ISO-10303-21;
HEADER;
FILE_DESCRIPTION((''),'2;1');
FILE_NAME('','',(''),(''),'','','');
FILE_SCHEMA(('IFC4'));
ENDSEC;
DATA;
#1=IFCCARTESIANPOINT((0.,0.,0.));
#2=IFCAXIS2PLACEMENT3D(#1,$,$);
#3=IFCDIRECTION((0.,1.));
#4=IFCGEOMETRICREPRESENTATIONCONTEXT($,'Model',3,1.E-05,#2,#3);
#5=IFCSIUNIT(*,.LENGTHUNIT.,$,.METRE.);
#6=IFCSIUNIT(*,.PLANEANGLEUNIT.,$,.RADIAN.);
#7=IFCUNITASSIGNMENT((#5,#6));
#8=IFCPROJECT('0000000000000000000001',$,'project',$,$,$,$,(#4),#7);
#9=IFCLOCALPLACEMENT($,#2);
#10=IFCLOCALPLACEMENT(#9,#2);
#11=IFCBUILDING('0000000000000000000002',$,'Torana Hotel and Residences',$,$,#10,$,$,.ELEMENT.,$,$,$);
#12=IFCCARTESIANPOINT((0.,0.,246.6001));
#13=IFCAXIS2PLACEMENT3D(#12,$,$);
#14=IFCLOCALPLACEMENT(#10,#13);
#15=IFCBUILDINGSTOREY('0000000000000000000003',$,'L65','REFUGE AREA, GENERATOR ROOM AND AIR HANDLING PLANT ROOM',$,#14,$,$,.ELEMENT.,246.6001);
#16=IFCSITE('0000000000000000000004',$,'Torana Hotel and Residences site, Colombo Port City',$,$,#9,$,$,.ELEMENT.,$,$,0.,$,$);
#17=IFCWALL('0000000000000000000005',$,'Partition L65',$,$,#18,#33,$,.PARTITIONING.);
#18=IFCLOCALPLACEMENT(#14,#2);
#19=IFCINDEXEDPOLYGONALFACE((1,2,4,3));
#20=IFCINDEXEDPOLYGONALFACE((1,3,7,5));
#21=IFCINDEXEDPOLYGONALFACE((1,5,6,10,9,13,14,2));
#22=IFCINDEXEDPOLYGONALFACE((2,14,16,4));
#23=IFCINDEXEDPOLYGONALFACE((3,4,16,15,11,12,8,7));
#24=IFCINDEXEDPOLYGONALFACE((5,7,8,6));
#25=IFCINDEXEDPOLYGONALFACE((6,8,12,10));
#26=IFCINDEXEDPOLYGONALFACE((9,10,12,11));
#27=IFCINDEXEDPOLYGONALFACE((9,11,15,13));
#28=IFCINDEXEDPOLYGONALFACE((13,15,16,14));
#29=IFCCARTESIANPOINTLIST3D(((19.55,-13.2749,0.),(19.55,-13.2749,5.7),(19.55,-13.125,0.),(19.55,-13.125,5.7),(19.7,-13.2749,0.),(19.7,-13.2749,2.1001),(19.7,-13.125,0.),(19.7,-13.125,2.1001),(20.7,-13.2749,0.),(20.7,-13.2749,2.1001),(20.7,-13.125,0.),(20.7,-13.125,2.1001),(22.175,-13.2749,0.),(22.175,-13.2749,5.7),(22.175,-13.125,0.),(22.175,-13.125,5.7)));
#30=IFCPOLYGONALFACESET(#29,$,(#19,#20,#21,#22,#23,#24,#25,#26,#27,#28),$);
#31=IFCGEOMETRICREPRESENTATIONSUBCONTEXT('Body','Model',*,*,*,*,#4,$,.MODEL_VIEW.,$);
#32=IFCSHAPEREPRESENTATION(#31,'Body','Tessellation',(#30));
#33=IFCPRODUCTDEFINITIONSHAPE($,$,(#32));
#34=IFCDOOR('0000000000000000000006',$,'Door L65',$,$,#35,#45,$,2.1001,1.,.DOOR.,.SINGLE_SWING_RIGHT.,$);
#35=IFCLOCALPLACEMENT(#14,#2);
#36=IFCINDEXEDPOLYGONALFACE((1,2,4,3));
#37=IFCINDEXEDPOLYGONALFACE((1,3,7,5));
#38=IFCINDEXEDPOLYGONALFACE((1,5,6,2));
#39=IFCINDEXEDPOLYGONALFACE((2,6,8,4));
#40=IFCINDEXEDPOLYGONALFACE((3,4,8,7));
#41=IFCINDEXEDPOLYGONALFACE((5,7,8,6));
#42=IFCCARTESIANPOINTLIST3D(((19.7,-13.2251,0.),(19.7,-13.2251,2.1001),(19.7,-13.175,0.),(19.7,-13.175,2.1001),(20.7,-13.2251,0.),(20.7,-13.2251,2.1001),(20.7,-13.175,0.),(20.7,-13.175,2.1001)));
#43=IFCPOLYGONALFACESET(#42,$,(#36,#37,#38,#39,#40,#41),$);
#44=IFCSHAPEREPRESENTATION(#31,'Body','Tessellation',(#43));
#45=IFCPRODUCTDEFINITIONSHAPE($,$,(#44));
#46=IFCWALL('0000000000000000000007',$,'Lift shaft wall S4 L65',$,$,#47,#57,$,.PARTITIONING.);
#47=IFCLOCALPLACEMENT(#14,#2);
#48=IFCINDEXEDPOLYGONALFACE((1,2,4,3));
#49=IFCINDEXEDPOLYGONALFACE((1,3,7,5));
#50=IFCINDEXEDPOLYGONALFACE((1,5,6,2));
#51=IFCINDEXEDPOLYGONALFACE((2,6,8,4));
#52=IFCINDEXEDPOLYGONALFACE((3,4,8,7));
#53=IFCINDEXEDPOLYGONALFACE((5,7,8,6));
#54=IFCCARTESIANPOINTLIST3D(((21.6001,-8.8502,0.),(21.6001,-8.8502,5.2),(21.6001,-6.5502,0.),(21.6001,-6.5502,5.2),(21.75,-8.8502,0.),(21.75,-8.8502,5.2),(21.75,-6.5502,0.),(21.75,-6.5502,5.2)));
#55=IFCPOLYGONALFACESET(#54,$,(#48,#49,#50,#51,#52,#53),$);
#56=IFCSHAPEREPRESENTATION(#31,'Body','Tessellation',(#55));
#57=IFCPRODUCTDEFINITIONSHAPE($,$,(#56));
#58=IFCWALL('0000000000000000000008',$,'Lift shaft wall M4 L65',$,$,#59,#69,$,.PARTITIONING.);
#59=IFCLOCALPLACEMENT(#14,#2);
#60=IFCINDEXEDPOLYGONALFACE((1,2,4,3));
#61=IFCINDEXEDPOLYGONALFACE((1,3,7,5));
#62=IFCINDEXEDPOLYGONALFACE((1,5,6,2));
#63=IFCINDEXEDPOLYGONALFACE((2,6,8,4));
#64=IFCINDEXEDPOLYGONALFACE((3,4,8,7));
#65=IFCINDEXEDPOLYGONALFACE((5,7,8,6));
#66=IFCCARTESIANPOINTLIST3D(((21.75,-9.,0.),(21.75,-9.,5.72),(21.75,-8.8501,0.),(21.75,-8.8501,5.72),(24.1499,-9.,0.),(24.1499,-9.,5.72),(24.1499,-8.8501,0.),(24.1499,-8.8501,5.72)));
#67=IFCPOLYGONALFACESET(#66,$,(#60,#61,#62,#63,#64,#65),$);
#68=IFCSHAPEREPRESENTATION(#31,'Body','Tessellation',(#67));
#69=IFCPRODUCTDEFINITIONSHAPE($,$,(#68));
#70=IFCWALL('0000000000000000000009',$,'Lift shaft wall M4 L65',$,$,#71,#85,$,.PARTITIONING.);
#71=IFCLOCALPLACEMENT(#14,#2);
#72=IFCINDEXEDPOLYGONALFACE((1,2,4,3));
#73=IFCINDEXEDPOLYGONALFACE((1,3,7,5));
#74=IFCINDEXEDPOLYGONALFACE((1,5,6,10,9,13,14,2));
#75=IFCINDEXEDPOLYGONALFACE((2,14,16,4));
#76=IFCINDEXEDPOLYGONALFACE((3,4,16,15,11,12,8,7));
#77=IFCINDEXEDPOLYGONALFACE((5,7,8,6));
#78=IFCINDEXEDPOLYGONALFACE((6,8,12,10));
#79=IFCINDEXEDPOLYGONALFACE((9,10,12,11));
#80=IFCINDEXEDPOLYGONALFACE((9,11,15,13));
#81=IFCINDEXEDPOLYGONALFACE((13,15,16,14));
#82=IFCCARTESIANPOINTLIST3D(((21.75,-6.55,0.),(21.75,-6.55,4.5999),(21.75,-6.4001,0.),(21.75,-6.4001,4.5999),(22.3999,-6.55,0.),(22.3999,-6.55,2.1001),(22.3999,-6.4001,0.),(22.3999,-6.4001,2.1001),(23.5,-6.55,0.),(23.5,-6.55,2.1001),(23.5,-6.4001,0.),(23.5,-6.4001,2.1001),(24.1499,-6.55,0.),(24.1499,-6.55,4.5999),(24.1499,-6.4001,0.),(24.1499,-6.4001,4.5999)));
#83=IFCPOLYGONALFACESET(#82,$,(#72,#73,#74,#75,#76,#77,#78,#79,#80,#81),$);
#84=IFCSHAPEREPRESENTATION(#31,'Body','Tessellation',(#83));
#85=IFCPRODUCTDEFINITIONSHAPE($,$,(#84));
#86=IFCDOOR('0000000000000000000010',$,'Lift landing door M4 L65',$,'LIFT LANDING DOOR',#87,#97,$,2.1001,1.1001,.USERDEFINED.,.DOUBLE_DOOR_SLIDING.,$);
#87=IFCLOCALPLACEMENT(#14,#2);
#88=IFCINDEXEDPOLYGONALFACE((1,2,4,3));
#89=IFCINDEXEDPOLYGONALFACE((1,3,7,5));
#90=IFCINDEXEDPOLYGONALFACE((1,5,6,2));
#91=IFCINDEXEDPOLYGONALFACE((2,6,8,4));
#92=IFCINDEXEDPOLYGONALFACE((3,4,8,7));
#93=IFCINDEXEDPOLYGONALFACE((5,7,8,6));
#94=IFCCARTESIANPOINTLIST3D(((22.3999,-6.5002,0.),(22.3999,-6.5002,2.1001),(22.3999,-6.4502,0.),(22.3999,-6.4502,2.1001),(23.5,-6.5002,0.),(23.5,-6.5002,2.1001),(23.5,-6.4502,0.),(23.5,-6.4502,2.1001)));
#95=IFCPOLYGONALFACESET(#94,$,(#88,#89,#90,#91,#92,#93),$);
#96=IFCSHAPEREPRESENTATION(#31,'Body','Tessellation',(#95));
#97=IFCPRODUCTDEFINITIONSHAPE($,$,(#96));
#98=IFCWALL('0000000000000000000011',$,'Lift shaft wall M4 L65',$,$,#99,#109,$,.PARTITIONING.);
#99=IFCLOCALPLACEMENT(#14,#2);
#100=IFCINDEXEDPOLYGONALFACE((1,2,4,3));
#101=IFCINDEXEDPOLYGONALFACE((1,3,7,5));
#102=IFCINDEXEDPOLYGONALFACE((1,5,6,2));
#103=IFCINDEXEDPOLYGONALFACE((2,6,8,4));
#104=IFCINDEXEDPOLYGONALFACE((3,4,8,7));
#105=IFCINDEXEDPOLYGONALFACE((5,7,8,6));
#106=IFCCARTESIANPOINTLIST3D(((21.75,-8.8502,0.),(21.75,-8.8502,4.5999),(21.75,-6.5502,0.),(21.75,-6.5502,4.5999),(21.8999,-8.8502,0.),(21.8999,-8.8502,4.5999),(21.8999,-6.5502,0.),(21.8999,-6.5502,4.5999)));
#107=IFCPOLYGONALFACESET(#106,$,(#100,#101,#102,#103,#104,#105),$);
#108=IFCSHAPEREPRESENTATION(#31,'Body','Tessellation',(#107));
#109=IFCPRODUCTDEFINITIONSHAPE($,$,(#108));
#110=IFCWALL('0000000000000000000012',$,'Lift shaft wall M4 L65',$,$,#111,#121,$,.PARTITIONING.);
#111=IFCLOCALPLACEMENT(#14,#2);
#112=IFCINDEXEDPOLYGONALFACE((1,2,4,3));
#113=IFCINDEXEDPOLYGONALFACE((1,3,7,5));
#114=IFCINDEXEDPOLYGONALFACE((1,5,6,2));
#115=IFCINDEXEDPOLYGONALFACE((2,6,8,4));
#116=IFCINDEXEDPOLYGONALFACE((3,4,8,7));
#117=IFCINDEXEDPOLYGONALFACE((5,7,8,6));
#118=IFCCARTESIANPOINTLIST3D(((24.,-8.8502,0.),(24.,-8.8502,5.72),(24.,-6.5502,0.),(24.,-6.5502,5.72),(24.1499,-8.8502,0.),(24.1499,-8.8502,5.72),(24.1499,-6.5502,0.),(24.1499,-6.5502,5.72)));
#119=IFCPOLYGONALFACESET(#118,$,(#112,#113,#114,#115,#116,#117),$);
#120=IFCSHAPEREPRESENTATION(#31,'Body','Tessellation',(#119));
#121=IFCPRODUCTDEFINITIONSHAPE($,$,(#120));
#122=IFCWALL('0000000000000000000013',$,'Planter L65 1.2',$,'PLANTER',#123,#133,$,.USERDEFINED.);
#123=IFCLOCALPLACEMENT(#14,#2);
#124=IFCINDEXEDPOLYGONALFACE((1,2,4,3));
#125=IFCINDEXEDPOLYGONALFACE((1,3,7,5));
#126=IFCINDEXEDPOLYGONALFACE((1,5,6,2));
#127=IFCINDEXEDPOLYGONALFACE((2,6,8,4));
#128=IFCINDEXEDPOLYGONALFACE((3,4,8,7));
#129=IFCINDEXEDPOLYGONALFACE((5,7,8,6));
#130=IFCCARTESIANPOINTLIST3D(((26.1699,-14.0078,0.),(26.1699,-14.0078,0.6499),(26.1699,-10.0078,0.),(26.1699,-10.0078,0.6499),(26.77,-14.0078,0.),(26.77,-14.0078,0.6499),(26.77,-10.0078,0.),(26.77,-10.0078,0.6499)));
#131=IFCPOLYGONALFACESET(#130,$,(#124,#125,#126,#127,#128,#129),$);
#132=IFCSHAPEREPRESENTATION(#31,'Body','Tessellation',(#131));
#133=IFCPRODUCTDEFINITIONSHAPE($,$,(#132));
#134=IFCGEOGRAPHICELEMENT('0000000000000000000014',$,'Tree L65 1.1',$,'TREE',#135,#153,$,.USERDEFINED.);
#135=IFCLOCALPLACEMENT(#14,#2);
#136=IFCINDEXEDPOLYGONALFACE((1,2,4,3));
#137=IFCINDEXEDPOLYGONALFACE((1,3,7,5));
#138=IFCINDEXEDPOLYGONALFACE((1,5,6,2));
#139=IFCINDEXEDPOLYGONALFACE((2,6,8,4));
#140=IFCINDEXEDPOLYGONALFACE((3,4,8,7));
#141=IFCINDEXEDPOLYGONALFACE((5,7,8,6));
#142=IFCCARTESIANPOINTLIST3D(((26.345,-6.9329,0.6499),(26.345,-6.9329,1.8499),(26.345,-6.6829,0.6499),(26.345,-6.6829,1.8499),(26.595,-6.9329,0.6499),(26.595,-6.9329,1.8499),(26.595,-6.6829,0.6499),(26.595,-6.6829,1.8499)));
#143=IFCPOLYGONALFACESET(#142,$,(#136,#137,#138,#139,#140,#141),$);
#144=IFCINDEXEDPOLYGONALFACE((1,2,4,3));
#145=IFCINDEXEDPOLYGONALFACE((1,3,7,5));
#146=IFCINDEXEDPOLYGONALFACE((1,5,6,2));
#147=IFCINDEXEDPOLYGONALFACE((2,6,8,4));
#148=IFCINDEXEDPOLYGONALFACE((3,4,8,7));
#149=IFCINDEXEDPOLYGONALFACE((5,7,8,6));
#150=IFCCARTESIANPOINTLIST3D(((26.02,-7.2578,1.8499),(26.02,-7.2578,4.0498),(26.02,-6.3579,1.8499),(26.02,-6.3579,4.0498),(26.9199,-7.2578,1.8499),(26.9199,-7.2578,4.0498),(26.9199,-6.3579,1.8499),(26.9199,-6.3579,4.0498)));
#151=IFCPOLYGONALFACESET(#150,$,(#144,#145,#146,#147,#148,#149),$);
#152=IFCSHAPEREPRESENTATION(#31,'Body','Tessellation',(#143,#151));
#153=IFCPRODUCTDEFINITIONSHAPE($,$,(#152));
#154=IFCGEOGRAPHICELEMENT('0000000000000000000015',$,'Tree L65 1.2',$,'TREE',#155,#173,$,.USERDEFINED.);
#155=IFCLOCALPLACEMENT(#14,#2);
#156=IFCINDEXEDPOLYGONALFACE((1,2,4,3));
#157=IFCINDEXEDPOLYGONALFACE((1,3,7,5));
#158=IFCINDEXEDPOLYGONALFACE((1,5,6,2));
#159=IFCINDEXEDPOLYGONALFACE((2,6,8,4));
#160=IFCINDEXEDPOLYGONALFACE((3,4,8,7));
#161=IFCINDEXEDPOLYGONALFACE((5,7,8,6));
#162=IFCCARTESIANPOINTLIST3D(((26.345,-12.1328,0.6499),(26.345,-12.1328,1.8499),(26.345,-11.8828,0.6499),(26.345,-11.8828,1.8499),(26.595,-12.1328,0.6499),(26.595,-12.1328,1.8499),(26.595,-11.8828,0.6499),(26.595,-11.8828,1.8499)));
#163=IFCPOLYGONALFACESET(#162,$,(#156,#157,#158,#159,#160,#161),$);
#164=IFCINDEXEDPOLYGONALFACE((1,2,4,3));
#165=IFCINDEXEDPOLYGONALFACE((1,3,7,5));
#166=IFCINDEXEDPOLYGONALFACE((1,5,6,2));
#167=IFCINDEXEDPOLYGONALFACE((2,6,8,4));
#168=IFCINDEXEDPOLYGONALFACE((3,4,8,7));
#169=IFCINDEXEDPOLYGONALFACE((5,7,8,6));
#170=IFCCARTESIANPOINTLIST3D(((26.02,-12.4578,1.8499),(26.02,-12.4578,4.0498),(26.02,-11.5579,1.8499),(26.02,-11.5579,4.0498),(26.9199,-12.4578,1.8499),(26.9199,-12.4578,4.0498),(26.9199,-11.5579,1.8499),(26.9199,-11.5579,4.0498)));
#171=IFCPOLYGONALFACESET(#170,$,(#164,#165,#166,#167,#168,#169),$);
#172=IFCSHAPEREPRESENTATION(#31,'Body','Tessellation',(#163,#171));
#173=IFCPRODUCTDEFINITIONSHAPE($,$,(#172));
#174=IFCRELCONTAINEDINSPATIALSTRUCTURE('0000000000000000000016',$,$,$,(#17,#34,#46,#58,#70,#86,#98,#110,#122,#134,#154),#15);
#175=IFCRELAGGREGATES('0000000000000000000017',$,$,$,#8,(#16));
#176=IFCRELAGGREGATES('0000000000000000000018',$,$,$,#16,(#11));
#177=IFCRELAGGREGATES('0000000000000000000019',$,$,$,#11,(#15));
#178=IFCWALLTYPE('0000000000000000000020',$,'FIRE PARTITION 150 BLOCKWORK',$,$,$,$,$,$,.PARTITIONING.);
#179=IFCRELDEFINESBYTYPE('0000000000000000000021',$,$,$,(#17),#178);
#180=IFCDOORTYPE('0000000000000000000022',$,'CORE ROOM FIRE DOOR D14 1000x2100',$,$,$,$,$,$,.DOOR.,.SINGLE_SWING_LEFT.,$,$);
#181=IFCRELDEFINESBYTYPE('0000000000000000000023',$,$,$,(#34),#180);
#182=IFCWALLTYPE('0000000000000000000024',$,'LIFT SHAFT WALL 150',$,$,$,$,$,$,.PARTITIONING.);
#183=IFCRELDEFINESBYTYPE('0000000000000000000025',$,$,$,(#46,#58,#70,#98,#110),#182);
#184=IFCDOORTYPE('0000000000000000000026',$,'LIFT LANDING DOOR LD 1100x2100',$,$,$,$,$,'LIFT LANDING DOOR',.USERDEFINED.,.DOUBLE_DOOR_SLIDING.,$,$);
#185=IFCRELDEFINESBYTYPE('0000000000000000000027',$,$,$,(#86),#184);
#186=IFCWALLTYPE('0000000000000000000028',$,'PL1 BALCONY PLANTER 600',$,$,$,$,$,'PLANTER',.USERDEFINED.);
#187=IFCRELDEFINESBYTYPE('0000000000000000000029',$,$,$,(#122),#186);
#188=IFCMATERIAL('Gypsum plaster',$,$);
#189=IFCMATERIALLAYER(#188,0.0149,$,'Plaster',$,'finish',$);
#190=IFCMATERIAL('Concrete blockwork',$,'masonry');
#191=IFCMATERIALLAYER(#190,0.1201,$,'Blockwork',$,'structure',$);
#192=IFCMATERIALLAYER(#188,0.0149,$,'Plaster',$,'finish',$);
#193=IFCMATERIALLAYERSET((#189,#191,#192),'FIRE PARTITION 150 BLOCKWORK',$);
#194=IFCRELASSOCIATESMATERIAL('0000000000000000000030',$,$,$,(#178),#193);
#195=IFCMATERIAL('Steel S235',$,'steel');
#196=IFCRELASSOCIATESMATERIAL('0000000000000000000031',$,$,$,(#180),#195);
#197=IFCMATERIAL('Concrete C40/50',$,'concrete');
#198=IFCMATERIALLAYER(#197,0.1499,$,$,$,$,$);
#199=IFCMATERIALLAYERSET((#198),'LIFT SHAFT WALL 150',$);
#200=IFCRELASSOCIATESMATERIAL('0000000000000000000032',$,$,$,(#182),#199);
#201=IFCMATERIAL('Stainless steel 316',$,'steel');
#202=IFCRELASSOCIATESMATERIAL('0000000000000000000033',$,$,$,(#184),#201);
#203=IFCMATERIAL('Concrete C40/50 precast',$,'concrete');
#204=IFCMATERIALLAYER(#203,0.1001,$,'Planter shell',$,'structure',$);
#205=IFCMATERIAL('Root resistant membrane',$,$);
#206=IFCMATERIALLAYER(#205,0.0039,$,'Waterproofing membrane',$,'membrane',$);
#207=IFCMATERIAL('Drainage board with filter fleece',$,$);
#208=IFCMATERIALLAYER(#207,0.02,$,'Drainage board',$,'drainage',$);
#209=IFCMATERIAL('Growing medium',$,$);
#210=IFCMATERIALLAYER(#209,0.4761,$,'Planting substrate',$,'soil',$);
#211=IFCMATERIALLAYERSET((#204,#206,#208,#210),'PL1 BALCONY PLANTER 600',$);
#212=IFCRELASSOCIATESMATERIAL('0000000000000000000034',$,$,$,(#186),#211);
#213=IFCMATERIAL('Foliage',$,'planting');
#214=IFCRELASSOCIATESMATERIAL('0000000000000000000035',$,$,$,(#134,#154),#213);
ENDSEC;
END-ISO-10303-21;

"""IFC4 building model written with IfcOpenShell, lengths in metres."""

from ifc_helpers import new_model, si_unit, direction, frame, frame_2d, origin, origin_2d, place, context, subcontext, project, spatial, rectangle, extrude, material, layer, layer_set, type_object, element, fill, save


model = new_model("IFC4")

# Units and contexts
model_context = context("Model", 3, precision=1e-05, world=origin(), true_north=direction((0.0, 1.0)))
body_context = subcontext(model_context, "Body", "Model", "MODEL_VIEW")
ifc_project = project(units=[si_unit("LENGTHUNIT", "METRE"), si_unit("PLANEANGLEUNIT", "RADIAN")], contexts=[model_context])

# Site, building, storey
site_placement = place(None, origin())
site = spatial("IfcSite", under=ifc_project, at=site_placement, Name="Torana Hotel and Residences site, Colombo Port City", CompositionType="ELEMENT", RefElevation=0.0)
building_placement = place(site_placement, origin())
building = spatial("IfcBuilding", under=site, at=building_placement, Name="Torana Hotel and Residences", CompositionType="ELEMENT")
storey_placement = place(building_placement, frame((0.0, 0.0, 246.6001)))
storey = spatial("IfcBuildingStorey", under=building, at=storey_placement, Name="L65", Description="REFUGE AREA, GENERATOR ROOM AND AIR HANDLING PLANT ROOM", CompositionType="ELEMENT", Elevation=246.6001)

# Wall, opening, door
ifc_material_1 = material(Name="Gypsum plaster")
ifc_layer_1 = layer(ifc_material_1, 0.0149, Name="Plaster", Category="finish")
ifc_material_2 = material(Name="Concrete blockwork", Category="masonry")
ifc_layer_2 = layer(ifc_material_2, 0.1201, Name="Blockwork", Category="structure")
ifc_layer_3 = layer(ifc_material_1, 0.0149, Name="Plaster", Category="finish")
ifc_layer_set_1 = layer_set([ifc_layer_1, ifc_layer_2, ifc_layer_3], Name="FIRE PARTITION 150 BLOCKWORK")
wall_type_1 = type_object("IfcWallType", Name="FIRE PARTITION 150 BLOCKWORK", PredefinedType="PARTITIONING", material=ifc_layer_set_1)
wall_1_placement = place(storey_placement, frame((19.55, -13.2, 0.0), z_axis=(0.0, 0.0, 1.0), x_axis=(1.0, 0.0, 0.0)))
wall_1 = element("IfcWall", 1, at=wall_1_placement, inside=storey, type_object=wall_type_1, Name="Partition L65", PredefinedType="PARTITIONING", context=body_context, shape_type="SweptSolid", body=[
    extrude(rectangle(XDim=2.625, YDim=0.1499, at=frame_2d((1.3125, 0.0))), origin(), (0.0, 0.0, 1.0), 5.7),
])
opening_1_placement = place(wall_1_placement, frame((0.1499, 0.0, 0.0)))
opening_1 = element("IfcOpeningElement", 2, at=opening_1_placement, cuts=wall_1, PredefinedType="OPENING", context=body_context, shape_type="SweptSolid", body=[
    extrude(rectangle(XDim=1.0, YDim=2.1001, at=frame_2d((0.5, 1.05))), frame((0.0, 0.085, 0.0), z_axis=(0.0, -1.0, 0.0), x_axis=(1.0, 0.0, 0.0)), (0.0, 0.0, 1.0), 0.1699),
])
ifc_material_3 = material(Name="Steel S235", Category="steel")
door_type_1 = type_object("IfcDoorType", Name="CORE ROOM FIRE DOOR D14 1000x2100", OperationType="SINGLE_SWING_LEFT", PredefinedType="DOOR", material=ifc_material_3)
door_1_placement = place(opening_1_placement, origin())
door_1 = element("IfcDoor", 3, at=door_1_placement, inside=storey, type_object=door_type_1, Name="Door L65", OperationType="SINGLE_SWING_RIGHT", OverallHeight=2.1001, OverallWidth=1.0, PredefinedType="DOOR", context=body_context, shape_type="SweptSolid", body=[
    extrude(rectangle(XDim=1.0, YDim=2.1001, at=frame_2d((0.5, 1.05))), frame((0.0, 0.0249, 0.0), z_axis=(0.0, -1.0, 0.0), x_axis=(1.0, 0.0, 0.0)), (0.0, 0.0, 1.0), 0.05),
])
fill(opening_1, door_1)

# Walls
ifc_material_4 = material(Name="Concrete C40/50", Category="concrete")
ifc_layer_4 = layer(ifc_material_4, 0.1499)
ifc_layer_set_2 = layer_set([ifc_layer_4], Name="LIFT SHAFT WALL 150")
wall_type_2 = type_object("IfcWallType", Name="LIFT SHAFT WALL 150", PredefinedType="PARTITIONING", material=ifc_layer_set_2)
wall_2_placement = place(storey_placement, frame((21.675, -8.8501, 0.0), z_axis=(0.0, 0.0, 1.0), x_axis=(0.0, 1.0, 0.0)))
element("IfcWall", 4, at=wall_2_placement, inside=storey, type_object=wall_type_2, Name="Lift shaft wall S4 L65", PredefinedType="PARTITIONING", context=body_context, shape_type="SweptSolid", body=[
    extrude(rectangle(XDim=2.3, YDim=0.1499, at=frame_2d((1.1499, 0.0))), origin(), (0.0, 0.0, 1.0), 5.2),
])
wall_3_placement = place(storey_placement, frame((21.75, -8.925, 0.0), z_axis=(0.0, 0.0, 1.0), x_axis=(1.0, 0.0, 0.0)))
element("IfcWall", 5, at=wall_3_placement, inside=storey, type_object=wall_type_2, Name="Lift shaft wall M4 L65", PredefinedType="PARTITIONING", context=body_context, shape_type="SweptSolid", body=[
    extrude(rectangle(XDim=2.3999, YDim=0.1499, at=frame_2d((1.2, 0.0))), origin(), (0.0, 0.0, 1.0), 5.72),
])

# Wall, opening, door
wall_4_placement = place(storey_placement, frame((21.75, -6.4751, 0.0), z_axis=(0.0, 0.0, 1.0), x_axis=(1.0, 0.0, 0.0)))
wall_4 = element("IfcWall", 6, at=wall_4_placement, inside=storey, type_object=wall_type_2, Name="Lift shaft wall M4 L65", PredefinedType="PARTITIONING", context=body_context, shape_type="SweptSolid", body=[
    extrude(rectangle(XDim=2.3999, YDim=0.1499, at=frame_2d((1.2, 0.0))), origin(), (0.0, 0.0, 1.0), 4.5999),
])
opening_2_placement = place(wall_4_placement, frame((0.6499, 0.0, 0.0)))
opening_2 = element("IfcOpeningElement", 7, at=opening_2_placement, cuts=wall_4, PredefinedType="OPENING", context=body_context, shape_type="SweptSolid", body=[
    extrude(rectangle(XDim=1.1001, YDim=2.1001, at=frame_2d((0.55, 1.05))), frame((0.0, 0.085, 0.0), z_axis=(0.0, -1.0, 0.0), x_axis=(1.0, 0.0, 0.0)), (0.0, 0.0, 1.0), 0.1699),
])
ifc_material_5 = material(Name="Stainless steel 316", Category="steel")
door_type_2 = type_object("IfcDoorType", Name="LIFT LANDING DOOR LD 1100x2100", ElementType="LIFT LANDING DOOR", OperationType="DOUBLE_DOOR_SLIDING", PredefinedType="USERDEFINED", material=ifc_material_5)
door_2_placement = place(opening_2_placement, origin())
door_2 = element("IfcDoor", 8, at=door_2_placement, inside=storey, type_object=door_type_2, Name="Lift landing door M4 L65", ObjectType="LIFT LANDING DOOR", OperationType="DOUBLE_DOOR_SLIDING", OverallHeight=2.1001, OverallWidth=1.1001, PredefinedType="USERDEFINED", context=body_context, shape_type="SweptSolid", body=[
    extrude(rectangle(XDim=1.1001, YDim=2.1001, at=frame_2d((0.55, 1.05))), frame((0.0, 0.0249, 0.0), z_axis=(0.0, -1.0, 0.0), x_axis=(1.0, 0.0, 0.0)), (0.0, 0.0, 1.0), 0.05),
])
fill(opening_2, door_2)

# Walls
wall_5_placement = place(storey_placement, frame((21.825, -8.8501, 0.0), z_axis=(0.0, 0.0, 1.0), x_axis=(0.0, 1.0, 0.0)))
element("IfcWall", 9, at=wall_5_placement, inside=storey, type_object=wall_type_2, Name="Lift shaft wall M4 L65", PredefinedType="PARTITIONING", context=body_context, shape_type="SweptSolid", body=[
    extrude(rectangle(XDim=2.3, YDim=0.1499, at=frame_2d((1.1499, 0.0))), origin(), (0.0, 0.0, 1.0), 4.5999),
])
wall_6_placement = place(storey_placement, frame((24.075, -8.8501, 0.0), z_axis=(0.0, 0.0, 1.0), x_axis=(0.0, 1.0, 0.0)))
element("IfcWall", 10, at=wall_6_placement, inside=storey, type_object=wall_type_2, Name="Lift shaft wall M4 L65", PredefinedType="PARTITIONING", context=body_context, shape_type="SweptSolid", body=[
    extrude(rectangle(XDim=2.3, YDim=0.1499, at=frame_2d((1.1499, 0.0))), origin(), (0.0, 0.0, 1.0), 5.72),
])
ifc_material_6 = material(Name="Concrete C40/50 precast", Category="concrete")
ifc_layer_5 = layer(ifc_material_6, 0.1001, Name="Planter shell", Category="structure")
ifc_material_7 = material(Name="Root resistant membrane")
ifc_layer_6 = layer(ifc_material_7, 0.0039, Name="Waterproofing membrane", Category="membrane")
ifc_material_8 = material(Name="Drainage board with filter fleece")
ifc_layer_7 = layer(ifc_material_8, 0.02, Name="Drainage board", Category="drainage")
ifc_material_9 = material(Name="Growing medium")
ifc_layer_8 = layer(ifc_material_9, 0.4761, Name="Planting substrate", Category="soil")
ifc_layer_set_3 = layer_set([ifc_layer_5, ifc_layer_6, ifc_layer_7, ifc_layer_8], Name="PL1 BALCONY PLANTER 600")
wall_type_3 = type_object("IfcWallType", Name="PL1 BALCONY PLANTER 600", ElementType="PLANTER", PredefinedType="USERDEFINED", material=ifc_layer_set_3)
wall_7_placement = place(storey_placement, frame((26.47, -10.0078, 0.0), z_axis=(0.0, 0.0, 1.0), x_axis=(0.0, -1.0, 0.0)))
element("IfcWall", 11, at=wall_7_placement, inside=storey, type_object=wall_type_3, Name="Planter L65 1.2", ObjectType="PLANTER", PredefinedType="USERDEFINED", context=body_context, shape_type="SweptSolid", body=[
    extrude(rectangle(XDim=4.0, YDim=0.6001, at=frame_2d((2.0, 0.0))), origin(), (0.0, 0.0, 1.0), 0.6499),
])

# Geographic elements
ifc_material_10 = material(Name="Foliage", Category="planting")
for number, where, z_axis, x_axis, name in (
    (12, (26.47, -6.8079, 0.6499), (0.0, 0.0, 1.0), (1.0, 0.0, 0.0), "Tree L65 1.1"),
    (13, (26.47, -12.0078, 0.6499), (0.0, 0.0, 1.0), (1.0, 0.0, 0.0), "Tree L65 1.2"),
):
    element("IfcGeographicElement", number, at=place(storey_placement, frame(where, z_axis=z_axis, x_axis=x_axis)), inside=storey, material=ifc_material_10, Name=name, ObjectType="TREE", PredefinedType="USERDEFINED", context=body_context, shape_type="SweptSolid", body=[
        extrude(rectangle(XDim=0.25, YDim=0.25, at=origin_2d()), origin(), (0.0, 0.0, 1.0), 1.2),
        extrude(rectangle(XDim=0.8999, YDim=0.8999, at=origin_2d()), frame((0.0, 0.0, 1.2)), (0.0, 0.0, 1.0), 2.2),
    ])

save(model, "model.ifc")
